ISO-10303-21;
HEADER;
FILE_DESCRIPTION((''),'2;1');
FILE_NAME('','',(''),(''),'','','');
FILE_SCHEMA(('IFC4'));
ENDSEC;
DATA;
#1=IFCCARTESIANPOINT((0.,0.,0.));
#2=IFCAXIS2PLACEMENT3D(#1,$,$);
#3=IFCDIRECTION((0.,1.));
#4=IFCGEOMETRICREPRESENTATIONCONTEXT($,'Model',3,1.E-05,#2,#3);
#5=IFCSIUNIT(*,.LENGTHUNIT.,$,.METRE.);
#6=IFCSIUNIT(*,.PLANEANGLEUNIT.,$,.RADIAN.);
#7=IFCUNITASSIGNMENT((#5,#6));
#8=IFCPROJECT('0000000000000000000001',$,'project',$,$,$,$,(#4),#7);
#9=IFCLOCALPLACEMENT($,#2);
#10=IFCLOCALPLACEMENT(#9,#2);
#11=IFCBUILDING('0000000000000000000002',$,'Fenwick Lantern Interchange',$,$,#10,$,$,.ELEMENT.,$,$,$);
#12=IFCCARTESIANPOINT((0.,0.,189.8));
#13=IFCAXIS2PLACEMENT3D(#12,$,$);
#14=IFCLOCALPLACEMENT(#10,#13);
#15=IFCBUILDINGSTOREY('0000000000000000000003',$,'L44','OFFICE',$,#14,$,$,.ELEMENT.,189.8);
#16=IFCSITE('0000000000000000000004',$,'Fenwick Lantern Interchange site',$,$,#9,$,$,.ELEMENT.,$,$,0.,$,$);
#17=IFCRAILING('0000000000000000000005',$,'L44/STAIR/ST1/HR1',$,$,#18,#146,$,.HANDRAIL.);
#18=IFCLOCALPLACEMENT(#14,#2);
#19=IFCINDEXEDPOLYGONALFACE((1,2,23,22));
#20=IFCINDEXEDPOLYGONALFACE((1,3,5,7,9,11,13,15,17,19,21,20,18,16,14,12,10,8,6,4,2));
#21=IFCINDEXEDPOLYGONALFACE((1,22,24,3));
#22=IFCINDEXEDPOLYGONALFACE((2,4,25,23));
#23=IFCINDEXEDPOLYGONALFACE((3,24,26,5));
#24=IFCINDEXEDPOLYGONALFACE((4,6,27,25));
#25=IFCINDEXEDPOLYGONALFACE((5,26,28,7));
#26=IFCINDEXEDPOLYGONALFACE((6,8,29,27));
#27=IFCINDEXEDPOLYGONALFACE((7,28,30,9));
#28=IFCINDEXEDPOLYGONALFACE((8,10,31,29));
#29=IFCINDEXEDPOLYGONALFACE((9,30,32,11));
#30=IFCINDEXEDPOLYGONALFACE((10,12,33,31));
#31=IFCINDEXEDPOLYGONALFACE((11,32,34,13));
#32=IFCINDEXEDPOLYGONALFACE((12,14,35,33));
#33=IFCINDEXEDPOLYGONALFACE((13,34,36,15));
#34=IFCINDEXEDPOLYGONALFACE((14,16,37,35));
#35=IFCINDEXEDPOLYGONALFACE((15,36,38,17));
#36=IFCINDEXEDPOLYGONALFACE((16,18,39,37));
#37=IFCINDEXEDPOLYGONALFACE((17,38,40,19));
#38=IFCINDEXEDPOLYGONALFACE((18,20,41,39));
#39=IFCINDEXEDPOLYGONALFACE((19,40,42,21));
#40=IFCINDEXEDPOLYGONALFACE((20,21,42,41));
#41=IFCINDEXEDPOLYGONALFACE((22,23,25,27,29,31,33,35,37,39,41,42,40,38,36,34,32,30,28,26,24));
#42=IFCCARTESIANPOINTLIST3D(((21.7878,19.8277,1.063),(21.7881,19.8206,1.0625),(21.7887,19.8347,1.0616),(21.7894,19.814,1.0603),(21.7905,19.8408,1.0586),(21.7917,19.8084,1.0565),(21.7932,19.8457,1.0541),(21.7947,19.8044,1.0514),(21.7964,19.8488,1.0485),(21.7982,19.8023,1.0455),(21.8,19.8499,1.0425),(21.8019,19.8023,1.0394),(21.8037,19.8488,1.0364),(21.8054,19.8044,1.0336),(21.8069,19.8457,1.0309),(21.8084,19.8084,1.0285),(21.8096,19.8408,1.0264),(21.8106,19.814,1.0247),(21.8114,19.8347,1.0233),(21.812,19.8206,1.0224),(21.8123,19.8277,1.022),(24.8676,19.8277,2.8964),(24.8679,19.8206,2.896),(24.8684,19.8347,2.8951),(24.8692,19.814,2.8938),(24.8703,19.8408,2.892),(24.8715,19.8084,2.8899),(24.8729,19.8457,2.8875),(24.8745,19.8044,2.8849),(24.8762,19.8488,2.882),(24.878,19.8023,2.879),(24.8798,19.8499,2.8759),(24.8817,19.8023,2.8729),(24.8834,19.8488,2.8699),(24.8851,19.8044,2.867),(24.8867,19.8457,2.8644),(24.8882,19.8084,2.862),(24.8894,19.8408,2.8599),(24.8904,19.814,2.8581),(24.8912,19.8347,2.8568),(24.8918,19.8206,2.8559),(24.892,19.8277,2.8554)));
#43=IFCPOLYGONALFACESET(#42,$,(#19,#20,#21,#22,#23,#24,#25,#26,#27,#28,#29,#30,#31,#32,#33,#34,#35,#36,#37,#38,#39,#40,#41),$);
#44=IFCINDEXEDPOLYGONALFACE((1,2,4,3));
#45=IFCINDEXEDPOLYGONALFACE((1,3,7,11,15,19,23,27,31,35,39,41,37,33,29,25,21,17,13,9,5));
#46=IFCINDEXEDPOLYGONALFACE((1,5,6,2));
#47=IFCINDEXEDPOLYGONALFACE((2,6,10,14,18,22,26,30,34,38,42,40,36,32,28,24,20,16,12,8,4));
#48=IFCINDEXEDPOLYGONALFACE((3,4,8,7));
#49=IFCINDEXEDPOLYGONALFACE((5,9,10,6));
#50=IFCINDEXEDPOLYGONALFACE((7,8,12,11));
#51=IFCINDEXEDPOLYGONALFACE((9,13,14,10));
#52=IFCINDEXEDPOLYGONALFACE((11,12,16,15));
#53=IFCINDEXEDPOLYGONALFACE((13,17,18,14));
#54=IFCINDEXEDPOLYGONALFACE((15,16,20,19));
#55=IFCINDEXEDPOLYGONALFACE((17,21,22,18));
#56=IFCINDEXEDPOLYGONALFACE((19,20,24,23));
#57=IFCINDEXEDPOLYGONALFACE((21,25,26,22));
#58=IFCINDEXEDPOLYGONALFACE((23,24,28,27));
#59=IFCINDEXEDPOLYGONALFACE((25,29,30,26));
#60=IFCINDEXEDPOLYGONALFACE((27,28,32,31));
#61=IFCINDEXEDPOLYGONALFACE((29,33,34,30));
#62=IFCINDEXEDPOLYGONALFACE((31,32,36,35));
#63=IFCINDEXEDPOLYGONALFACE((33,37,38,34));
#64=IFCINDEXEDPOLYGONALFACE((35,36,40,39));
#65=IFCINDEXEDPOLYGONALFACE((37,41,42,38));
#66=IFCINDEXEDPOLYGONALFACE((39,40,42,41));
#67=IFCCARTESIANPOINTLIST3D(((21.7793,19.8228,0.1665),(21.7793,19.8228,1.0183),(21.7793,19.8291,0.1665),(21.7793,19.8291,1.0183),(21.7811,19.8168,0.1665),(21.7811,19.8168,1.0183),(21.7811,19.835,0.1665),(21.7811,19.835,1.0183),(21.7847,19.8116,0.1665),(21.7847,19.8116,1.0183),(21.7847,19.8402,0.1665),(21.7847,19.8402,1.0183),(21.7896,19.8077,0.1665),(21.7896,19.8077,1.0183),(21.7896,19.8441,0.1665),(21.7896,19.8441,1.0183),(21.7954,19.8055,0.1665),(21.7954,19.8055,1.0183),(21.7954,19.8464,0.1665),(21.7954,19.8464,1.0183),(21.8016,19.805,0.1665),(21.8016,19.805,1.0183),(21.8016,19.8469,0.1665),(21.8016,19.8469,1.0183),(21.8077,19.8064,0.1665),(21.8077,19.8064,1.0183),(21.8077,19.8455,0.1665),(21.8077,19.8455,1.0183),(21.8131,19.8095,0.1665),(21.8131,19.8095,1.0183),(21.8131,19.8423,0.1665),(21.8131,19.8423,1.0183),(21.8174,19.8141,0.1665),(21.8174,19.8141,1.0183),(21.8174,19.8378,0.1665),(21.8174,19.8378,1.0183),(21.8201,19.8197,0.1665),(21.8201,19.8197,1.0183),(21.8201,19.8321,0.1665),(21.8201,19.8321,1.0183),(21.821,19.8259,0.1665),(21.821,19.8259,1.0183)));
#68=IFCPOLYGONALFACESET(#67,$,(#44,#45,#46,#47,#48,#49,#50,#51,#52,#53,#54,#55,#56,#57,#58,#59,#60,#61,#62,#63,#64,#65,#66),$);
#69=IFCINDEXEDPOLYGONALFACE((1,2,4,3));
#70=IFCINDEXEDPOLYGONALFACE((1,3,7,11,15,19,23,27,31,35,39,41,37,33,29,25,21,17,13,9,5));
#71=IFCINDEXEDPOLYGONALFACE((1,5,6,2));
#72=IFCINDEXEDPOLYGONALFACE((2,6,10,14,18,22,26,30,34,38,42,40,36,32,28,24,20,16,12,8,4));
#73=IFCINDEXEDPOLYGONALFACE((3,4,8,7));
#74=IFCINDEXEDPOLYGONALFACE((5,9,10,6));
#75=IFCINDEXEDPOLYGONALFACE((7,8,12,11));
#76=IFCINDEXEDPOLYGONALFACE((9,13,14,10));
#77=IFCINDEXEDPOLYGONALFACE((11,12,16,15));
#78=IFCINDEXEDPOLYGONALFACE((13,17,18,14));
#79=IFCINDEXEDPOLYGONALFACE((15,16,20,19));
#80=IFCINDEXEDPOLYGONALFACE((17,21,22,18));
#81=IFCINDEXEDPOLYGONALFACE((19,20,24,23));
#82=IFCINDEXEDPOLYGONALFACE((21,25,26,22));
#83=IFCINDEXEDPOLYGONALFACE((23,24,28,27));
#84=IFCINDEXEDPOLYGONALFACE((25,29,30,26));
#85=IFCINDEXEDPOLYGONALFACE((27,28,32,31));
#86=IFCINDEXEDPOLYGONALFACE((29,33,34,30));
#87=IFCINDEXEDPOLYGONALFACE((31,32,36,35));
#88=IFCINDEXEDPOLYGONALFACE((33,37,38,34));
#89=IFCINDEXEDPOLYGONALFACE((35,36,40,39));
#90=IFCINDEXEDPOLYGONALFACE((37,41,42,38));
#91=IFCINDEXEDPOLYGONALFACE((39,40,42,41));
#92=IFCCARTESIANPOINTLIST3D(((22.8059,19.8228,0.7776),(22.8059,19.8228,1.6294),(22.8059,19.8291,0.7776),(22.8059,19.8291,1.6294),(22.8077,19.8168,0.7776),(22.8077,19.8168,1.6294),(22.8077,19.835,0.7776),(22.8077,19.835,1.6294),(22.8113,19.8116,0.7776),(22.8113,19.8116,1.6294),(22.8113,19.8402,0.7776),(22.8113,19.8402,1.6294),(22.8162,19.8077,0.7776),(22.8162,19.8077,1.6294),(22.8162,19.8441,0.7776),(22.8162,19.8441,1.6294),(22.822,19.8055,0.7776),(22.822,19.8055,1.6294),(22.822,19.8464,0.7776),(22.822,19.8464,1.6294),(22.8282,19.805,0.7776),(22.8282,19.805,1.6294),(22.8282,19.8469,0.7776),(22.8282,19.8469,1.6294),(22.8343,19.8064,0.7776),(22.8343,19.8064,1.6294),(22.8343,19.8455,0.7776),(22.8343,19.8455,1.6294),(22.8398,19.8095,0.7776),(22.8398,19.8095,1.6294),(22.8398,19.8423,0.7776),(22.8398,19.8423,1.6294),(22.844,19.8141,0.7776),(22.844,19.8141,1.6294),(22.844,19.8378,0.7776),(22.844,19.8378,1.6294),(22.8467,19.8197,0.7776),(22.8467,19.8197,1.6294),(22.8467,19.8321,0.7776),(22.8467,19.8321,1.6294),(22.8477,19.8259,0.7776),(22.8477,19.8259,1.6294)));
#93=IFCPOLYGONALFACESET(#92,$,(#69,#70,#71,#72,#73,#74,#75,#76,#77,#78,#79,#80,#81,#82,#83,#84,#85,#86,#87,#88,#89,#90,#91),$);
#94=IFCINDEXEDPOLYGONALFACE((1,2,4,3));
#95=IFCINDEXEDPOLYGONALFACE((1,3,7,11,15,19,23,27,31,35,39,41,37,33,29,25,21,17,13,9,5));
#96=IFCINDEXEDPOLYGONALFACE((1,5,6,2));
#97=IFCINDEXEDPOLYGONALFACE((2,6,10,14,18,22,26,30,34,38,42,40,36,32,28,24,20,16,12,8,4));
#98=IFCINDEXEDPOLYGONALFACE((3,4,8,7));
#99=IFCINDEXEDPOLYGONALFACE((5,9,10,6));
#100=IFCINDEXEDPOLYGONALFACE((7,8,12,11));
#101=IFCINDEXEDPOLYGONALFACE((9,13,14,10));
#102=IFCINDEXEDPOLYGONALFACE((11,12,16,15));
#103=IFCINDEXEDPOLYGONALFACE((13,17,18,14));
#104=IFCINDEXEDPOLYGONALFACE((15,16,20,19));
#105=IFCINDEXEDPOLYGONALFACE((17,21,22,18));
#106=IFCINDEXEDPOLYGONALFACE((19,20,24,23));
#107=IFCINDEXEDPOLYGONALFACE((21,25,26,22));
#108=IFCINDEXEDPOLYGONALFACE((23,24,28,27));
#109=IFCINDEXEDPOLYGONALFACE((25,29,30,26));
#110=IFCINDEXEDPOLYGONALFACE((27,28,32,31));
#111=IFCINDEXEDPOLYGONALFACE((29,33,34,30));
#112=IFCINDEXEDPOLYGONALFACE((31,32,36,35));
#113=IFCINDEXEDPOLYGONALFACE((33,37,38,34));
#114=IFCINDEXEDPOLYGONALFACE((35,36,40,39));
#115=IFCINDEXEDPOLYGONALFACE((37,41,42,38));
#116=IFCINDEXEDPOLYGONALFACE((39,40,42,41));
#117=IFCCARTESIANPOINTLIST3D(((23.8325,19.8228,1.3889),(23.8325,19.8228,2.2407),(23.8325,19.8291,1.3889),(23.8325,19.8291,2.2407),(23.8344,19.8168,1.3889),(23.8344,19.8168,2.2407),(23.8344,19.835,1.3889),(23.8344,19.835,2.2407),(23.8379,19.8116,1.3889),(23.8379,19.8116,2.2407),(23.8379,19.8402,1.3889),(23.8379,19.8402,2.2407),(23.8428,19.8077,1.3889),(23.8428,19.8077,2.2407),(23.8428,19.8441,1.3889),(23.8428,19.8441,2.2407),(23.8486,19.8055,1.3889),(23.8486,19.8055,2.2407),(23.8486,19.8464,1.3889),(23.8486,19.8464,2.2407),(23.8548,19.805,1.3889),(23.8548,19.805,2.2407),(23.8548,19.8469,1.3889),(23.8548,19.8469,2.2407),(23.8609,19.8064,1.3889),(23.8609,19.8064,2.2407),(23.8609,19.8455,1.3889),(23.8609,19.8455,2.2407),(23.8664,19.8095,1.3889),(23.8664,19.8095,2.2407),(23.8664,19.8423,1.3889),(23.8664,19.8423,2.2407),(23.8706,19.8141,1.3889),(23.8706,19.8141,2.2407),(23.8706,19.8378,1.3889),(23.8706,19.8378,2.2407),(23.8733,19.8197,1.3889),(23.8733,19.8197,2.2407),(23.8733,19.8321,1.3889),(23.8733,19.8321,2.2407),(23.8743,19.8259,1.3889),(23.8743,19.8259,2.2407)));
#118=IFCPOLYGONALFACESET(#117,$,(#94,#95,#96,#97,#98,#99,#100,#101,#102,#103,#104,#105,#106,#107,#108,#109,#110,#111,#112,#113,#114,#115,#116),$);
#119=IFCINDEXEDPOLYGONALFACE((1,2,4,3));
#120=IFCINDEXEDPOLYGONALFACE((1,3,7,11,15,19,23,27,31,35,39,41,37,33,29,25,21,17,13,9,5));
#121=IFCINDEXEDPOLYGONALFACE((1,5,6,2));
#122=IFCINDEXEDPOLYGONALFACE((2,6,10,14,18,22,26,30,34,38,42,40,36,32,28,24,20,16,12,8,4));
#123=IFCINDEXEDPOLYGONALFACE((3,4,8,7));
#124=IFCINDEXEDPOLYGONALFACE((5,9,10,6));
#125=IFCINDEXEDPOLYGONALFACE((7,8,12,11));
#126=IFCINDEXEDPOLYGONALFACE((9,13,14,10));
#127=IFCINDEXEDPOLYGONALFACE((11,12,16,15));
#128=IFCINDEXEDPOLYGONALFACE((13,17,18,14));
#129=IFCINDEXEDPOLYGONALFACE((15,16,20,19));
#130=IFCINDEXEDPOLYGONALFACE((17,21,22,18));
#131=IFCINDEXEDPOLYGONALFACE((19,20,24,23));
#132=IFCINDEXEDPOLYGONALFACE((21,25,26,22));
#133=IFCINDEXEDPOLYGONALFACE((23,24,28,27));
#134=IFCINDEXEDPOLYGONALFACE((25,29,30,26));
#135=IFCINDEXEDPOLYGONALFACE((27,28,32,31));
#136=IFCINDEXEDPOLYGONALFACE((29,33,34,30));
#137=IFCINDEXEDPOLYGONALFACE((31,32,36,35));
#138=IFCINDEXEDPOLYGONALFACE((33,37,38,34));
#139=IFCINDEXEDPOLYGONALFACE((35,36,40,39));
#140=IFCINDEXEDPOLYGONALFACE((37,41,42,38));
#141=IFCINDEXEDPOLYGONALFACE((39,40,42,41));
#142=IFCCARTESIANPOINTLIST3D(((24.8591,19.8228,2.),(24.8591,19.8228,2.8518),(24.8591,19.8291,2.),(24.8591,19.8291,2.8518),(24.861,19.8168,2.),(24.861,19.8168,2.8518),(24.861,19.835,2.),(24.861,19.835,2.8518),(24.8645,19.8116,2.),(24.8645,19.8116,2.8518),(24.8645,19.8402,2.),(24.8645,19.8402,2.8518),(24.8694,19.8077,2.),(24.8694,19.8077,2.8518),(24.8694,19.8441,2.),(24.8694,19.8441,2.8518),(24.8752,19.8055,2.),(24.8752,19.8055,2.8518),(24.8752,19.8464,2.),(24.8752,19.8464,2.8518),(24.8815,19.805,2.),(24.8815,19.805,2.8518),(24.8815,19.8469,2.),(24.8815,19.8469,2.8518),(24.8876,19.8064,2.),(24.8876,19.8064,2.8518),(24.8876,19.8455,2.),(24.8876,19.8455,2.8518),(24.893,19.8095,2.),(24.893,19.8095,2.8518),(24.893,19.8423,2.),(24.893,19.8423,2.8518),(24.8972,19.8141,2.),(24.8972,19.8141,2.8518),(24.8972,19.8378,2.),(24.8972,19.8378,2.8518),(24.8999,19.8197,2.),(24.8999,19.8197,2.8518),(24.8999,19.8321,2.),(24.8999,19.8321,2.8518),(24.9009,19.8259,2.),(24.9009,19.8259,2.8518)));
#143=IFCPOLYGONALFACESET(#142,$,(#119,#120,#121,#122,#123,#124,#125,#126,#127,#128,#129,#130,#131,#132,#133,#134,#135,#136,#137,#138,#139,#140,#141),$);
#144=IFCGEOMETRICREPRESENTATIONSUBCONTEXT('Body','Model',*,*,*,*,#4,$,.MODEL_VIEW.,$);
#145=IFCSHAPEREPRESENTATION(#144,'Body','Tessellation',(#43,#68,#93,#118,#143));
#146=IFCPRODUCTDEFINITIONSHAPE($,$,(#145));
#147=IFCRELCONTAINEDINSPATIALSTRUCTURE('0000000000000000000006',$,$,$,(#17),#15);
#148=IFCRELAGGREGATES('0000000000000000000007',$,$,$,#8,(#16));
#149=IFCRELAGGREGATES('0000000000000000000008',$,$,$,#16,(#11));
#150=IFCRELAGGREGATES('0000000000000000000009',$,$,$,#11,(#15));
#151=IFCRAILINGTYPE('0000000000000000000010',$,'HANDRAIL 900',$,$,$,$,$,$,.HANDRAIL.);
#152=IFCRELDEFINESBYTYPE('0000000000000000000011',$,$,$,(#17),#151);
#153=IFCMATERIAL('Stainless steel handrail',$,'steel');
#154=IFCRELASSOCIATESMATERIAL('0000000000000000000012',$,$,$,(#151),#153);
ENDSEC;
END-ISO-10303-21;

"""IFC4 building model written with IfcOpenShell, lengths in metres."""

from ifc_helpers import new_model, si_unit, direction, frame, origin, origin_2d, place, context, subcontext, project, spatial, circle, extrude, material, type_object, element, save


model = new_model("IFC4")

# Units and contexts
model_context = context("Model", 3, precision=1e-05, world=origin(), true_north=direction((0.0, 1.0)))
body_context = subcontext(model_context, "Body", "Model", "MODEL_VIEW")
ifc_project = project(units=[si_unit("LENGTHUNIT", "METRE"), si_unit("PLANEANGLEUNIT", "RADIAN")], contexts=[model_context])

# Site, building, storey
site_placement = place(None, origin())
site = spatial("IfcSite", under=ifc_project, at=site_placement, Name="Fenwick Lantern Interchange site", CompositionType="ELEMENT", RefElevation=0.0)
building_placement = place(site_placement, origin())
building = spatial("IfcBuilding", under=site, at=building_placement, Name="Fenwick Lantern Interchange", CompositionType="ELEMENT")
storey_placement = place(building_placement, frame((0.0, 0.0, 189.8)))
storey = spatial("IfcBuildingStorey", under=building, at=storey_placement, Name="L44", Description="OFFICE", CompositionType="ELEMENT", Elevation=189.8)

# Railing
ifc_material_1 = material(Name="Stainless steel handrail", Category="steel")
railing_type = type_object("IfcRailingType", Name="HANDRAIL 900", PredefinedType="HANDRAIL", material=ifc_material_1)
railing_1_placement = place(storey_placement, frame((21.8, 19.8259, 0.1665)))
element("IfcRailing", 1, at=railing_1_placement, inside=storey, type_object=railing_type, Name="L44/STAIR/ST1/HR1", PredefinedType="HANDRAIL", context=body_context, shape_type="SweptSolid", body=[
    extrude(circle(Radius=0.0239, at=origin_2d()), frame((0.0, 0.0, 0.876), z_axis=(0.859261, 0.0, 0.511538), x_axis=(0.0, 1.0, 0.0)), (0.0, 0.0, 1.0), 3.5842),
    extrude(circle(Radius=0.021, at=origin_2d()), origin(), (0.0, 0.0, 1.0), 0.8518),
    extrude(circle(Radius=0.021, at=origin_2d()), frame((1.0266, 0.0, 0.6111)), (0.0, 0.0, 1.0), 0.8518),
    extrude(circle(Radius=0.021, at=origin_2d()), frame((2.0532, 0.0, 1.2224)), (0.0, 0.0, 1.0), 0.8518),
    extrude(circle(Radius=0.021, at=origin_2d()), frame((3.0798, 0.0, 1.8335)), (0.0, 0.0, 1.0), 0.8518),
])

save(model, "model.ifc")
